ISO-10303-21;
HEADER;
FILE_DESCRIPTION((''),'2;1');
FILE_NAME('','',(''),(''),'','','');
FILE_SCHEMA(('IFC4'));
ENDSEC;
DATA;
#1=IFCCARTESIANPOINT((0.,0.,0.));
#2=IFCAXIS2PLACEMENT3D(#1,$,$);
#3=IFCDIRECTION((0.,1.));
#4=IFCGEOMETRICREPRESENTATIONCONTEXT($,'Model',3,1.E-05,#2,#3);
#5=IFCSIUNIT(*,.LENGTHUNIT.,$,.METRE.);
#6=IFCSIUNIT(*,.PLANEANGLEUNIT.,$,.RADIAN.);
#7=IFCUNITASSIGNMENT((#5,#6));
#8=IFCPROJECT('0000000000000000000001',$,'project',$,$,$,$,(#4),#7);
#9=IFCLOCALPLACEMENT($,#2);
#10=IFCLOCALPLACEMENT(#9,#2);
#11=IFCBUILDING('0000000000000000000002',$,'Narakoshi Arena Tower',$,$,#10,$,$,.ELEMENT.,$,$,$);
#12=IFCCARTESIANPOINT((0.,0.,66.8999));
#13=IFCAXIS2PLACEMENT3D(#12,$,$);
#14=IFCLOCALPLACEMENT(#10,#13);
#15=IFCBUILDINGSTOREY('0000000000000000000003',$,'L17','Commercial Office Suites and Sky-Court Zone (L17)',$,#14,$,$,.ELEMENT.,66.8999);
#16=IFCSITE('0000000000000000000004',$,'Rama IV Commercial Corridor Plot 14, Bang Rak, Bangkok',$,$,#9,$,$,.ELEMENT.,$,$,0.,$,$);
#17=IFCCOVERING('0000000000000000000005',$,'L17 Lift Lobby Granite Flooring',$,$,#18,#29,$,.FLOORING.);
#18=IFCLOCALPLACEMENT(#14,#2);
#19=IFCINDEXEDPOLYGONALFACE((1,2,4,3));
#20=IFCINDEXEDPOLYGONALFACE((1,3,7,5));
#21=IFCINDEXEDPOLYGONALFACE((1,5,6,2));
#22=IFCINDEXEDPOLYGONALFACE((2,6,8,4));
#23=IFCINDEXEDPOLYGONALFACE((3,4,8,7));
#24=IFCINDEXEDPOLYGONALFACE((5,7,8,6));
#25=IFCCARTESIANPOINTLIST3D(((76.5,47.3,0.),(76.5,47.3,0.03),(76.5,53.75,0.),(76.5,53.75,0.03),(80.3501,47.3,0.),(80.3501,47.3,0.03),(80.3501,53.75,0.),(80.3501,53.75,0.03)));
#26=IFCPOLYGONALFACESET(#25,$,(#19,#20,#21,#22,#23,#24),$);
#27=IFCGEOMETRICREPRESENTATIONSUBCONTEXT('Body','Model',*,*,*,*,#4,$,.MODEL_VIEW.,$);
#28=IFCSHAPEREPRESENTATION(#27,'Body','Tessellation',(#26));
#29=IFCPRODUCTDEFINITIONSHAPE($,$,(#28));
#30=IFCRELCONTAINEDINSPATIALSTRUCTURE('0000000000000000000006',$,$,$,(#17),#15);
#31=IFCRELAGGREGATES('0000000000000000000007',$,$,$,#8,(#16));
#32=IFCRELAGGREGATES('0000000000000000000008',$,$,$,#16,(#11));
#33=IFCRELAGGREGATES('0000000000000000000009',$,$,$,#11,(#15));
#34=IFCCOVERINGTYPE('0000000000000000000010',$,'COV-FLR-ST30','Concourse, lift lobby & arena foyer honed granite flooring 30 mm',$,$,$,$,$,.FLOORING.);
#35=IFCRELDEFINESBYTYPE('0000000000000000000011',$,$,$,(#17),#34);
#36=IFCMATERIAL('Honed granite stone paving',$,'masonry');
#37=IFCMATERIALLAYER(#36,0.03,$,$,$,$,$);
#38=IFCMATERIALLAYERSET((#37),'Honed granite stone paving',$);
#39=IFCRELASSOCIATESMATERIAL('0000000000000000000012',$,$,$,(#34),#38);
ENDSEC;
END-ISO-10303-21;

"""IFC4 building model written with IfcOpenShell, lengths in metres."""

from ifc_helpers import new_model, si_unit, direction, frame, origin, place, context, subcontext, project, spatial, polyline, outline, extrude, material, layer, layer_set, type_object, element, save


model = new_model("IFC4")

# Units and contexts
model_context = context("Model", 3, precision=1e-05, world=origin(), true_north=direction((0.0, 1.0)))
body_context = subcontext(model_context, "Body", "Model", "MODEL_VIEW")
ifc_project = project(units=[si_unit("LENGTHUNIT", "METRE"), si_unit("PLANEANGLEUNIT", "RADIAN")], contexts=[model_context])

# Site, building, storey
site_placement = place(None, origin())
site = spatial("IfcSite", under=ifc_project, at=site_placement, Name="Rama IV Commercial Corridor Plot 14, Bang Rak, Bangkok", CompositionType="ELEMENT", RefElevation=0.0)
building_placement = place(site_placement, origin())
building = spatial("IfcBuilding", under=site, at=building_placement, Name="Narakoshi Arena Tower", CompositionType="ELEMENT")
storey_placement = place(building_placement, frame((0.0, 0.0, 66.8999)))
storey = spatial("IfcBuildingStorey", under=building, at=storey_placement, Name="L17", Description="Commercial Office Suites and Sky-Court Zone (L17)", CompositionType="ELEMENT", Elevation=66.8999)

# Covering
ifc_material_1 = material(Name="Honed granite stone paving", Category="masonry")
ifc_layer_1 = layer(ifc_material_1, 0.03)
ifc_layer_set_1 = layer_set([ifc_layer_1], Name="Honed granite stone paving")
covering_type_1 = type_object("IfcCoveringType", Name="COV-FLR-ST30", Description="Concourse, lift lobby & arena foyer honed granite flooring 30 mm", PredefinedType="FLOORING", material=ifc_layer_set_1)
covering_1_placement = place(storey_placement, origin())
element("IfcCovering", 1, at=covering_1_placement, inside=storey, type_object=covering_type_1, Name="L17 Lift Lobby Granite Flooring", PredefinedType="FLOORING", context=body_context, shape_type="SweptSolid", body=[
    extrude(outline(polyline([(76.5, 47.3), (80.3501, 47.3), (80.3501, 53.75), (76.5, 53.75), (76.5, 47.3)])), origin(), (0.0, 0.0, 1.0), 0.03),
])

save(model, "model.ifc")
